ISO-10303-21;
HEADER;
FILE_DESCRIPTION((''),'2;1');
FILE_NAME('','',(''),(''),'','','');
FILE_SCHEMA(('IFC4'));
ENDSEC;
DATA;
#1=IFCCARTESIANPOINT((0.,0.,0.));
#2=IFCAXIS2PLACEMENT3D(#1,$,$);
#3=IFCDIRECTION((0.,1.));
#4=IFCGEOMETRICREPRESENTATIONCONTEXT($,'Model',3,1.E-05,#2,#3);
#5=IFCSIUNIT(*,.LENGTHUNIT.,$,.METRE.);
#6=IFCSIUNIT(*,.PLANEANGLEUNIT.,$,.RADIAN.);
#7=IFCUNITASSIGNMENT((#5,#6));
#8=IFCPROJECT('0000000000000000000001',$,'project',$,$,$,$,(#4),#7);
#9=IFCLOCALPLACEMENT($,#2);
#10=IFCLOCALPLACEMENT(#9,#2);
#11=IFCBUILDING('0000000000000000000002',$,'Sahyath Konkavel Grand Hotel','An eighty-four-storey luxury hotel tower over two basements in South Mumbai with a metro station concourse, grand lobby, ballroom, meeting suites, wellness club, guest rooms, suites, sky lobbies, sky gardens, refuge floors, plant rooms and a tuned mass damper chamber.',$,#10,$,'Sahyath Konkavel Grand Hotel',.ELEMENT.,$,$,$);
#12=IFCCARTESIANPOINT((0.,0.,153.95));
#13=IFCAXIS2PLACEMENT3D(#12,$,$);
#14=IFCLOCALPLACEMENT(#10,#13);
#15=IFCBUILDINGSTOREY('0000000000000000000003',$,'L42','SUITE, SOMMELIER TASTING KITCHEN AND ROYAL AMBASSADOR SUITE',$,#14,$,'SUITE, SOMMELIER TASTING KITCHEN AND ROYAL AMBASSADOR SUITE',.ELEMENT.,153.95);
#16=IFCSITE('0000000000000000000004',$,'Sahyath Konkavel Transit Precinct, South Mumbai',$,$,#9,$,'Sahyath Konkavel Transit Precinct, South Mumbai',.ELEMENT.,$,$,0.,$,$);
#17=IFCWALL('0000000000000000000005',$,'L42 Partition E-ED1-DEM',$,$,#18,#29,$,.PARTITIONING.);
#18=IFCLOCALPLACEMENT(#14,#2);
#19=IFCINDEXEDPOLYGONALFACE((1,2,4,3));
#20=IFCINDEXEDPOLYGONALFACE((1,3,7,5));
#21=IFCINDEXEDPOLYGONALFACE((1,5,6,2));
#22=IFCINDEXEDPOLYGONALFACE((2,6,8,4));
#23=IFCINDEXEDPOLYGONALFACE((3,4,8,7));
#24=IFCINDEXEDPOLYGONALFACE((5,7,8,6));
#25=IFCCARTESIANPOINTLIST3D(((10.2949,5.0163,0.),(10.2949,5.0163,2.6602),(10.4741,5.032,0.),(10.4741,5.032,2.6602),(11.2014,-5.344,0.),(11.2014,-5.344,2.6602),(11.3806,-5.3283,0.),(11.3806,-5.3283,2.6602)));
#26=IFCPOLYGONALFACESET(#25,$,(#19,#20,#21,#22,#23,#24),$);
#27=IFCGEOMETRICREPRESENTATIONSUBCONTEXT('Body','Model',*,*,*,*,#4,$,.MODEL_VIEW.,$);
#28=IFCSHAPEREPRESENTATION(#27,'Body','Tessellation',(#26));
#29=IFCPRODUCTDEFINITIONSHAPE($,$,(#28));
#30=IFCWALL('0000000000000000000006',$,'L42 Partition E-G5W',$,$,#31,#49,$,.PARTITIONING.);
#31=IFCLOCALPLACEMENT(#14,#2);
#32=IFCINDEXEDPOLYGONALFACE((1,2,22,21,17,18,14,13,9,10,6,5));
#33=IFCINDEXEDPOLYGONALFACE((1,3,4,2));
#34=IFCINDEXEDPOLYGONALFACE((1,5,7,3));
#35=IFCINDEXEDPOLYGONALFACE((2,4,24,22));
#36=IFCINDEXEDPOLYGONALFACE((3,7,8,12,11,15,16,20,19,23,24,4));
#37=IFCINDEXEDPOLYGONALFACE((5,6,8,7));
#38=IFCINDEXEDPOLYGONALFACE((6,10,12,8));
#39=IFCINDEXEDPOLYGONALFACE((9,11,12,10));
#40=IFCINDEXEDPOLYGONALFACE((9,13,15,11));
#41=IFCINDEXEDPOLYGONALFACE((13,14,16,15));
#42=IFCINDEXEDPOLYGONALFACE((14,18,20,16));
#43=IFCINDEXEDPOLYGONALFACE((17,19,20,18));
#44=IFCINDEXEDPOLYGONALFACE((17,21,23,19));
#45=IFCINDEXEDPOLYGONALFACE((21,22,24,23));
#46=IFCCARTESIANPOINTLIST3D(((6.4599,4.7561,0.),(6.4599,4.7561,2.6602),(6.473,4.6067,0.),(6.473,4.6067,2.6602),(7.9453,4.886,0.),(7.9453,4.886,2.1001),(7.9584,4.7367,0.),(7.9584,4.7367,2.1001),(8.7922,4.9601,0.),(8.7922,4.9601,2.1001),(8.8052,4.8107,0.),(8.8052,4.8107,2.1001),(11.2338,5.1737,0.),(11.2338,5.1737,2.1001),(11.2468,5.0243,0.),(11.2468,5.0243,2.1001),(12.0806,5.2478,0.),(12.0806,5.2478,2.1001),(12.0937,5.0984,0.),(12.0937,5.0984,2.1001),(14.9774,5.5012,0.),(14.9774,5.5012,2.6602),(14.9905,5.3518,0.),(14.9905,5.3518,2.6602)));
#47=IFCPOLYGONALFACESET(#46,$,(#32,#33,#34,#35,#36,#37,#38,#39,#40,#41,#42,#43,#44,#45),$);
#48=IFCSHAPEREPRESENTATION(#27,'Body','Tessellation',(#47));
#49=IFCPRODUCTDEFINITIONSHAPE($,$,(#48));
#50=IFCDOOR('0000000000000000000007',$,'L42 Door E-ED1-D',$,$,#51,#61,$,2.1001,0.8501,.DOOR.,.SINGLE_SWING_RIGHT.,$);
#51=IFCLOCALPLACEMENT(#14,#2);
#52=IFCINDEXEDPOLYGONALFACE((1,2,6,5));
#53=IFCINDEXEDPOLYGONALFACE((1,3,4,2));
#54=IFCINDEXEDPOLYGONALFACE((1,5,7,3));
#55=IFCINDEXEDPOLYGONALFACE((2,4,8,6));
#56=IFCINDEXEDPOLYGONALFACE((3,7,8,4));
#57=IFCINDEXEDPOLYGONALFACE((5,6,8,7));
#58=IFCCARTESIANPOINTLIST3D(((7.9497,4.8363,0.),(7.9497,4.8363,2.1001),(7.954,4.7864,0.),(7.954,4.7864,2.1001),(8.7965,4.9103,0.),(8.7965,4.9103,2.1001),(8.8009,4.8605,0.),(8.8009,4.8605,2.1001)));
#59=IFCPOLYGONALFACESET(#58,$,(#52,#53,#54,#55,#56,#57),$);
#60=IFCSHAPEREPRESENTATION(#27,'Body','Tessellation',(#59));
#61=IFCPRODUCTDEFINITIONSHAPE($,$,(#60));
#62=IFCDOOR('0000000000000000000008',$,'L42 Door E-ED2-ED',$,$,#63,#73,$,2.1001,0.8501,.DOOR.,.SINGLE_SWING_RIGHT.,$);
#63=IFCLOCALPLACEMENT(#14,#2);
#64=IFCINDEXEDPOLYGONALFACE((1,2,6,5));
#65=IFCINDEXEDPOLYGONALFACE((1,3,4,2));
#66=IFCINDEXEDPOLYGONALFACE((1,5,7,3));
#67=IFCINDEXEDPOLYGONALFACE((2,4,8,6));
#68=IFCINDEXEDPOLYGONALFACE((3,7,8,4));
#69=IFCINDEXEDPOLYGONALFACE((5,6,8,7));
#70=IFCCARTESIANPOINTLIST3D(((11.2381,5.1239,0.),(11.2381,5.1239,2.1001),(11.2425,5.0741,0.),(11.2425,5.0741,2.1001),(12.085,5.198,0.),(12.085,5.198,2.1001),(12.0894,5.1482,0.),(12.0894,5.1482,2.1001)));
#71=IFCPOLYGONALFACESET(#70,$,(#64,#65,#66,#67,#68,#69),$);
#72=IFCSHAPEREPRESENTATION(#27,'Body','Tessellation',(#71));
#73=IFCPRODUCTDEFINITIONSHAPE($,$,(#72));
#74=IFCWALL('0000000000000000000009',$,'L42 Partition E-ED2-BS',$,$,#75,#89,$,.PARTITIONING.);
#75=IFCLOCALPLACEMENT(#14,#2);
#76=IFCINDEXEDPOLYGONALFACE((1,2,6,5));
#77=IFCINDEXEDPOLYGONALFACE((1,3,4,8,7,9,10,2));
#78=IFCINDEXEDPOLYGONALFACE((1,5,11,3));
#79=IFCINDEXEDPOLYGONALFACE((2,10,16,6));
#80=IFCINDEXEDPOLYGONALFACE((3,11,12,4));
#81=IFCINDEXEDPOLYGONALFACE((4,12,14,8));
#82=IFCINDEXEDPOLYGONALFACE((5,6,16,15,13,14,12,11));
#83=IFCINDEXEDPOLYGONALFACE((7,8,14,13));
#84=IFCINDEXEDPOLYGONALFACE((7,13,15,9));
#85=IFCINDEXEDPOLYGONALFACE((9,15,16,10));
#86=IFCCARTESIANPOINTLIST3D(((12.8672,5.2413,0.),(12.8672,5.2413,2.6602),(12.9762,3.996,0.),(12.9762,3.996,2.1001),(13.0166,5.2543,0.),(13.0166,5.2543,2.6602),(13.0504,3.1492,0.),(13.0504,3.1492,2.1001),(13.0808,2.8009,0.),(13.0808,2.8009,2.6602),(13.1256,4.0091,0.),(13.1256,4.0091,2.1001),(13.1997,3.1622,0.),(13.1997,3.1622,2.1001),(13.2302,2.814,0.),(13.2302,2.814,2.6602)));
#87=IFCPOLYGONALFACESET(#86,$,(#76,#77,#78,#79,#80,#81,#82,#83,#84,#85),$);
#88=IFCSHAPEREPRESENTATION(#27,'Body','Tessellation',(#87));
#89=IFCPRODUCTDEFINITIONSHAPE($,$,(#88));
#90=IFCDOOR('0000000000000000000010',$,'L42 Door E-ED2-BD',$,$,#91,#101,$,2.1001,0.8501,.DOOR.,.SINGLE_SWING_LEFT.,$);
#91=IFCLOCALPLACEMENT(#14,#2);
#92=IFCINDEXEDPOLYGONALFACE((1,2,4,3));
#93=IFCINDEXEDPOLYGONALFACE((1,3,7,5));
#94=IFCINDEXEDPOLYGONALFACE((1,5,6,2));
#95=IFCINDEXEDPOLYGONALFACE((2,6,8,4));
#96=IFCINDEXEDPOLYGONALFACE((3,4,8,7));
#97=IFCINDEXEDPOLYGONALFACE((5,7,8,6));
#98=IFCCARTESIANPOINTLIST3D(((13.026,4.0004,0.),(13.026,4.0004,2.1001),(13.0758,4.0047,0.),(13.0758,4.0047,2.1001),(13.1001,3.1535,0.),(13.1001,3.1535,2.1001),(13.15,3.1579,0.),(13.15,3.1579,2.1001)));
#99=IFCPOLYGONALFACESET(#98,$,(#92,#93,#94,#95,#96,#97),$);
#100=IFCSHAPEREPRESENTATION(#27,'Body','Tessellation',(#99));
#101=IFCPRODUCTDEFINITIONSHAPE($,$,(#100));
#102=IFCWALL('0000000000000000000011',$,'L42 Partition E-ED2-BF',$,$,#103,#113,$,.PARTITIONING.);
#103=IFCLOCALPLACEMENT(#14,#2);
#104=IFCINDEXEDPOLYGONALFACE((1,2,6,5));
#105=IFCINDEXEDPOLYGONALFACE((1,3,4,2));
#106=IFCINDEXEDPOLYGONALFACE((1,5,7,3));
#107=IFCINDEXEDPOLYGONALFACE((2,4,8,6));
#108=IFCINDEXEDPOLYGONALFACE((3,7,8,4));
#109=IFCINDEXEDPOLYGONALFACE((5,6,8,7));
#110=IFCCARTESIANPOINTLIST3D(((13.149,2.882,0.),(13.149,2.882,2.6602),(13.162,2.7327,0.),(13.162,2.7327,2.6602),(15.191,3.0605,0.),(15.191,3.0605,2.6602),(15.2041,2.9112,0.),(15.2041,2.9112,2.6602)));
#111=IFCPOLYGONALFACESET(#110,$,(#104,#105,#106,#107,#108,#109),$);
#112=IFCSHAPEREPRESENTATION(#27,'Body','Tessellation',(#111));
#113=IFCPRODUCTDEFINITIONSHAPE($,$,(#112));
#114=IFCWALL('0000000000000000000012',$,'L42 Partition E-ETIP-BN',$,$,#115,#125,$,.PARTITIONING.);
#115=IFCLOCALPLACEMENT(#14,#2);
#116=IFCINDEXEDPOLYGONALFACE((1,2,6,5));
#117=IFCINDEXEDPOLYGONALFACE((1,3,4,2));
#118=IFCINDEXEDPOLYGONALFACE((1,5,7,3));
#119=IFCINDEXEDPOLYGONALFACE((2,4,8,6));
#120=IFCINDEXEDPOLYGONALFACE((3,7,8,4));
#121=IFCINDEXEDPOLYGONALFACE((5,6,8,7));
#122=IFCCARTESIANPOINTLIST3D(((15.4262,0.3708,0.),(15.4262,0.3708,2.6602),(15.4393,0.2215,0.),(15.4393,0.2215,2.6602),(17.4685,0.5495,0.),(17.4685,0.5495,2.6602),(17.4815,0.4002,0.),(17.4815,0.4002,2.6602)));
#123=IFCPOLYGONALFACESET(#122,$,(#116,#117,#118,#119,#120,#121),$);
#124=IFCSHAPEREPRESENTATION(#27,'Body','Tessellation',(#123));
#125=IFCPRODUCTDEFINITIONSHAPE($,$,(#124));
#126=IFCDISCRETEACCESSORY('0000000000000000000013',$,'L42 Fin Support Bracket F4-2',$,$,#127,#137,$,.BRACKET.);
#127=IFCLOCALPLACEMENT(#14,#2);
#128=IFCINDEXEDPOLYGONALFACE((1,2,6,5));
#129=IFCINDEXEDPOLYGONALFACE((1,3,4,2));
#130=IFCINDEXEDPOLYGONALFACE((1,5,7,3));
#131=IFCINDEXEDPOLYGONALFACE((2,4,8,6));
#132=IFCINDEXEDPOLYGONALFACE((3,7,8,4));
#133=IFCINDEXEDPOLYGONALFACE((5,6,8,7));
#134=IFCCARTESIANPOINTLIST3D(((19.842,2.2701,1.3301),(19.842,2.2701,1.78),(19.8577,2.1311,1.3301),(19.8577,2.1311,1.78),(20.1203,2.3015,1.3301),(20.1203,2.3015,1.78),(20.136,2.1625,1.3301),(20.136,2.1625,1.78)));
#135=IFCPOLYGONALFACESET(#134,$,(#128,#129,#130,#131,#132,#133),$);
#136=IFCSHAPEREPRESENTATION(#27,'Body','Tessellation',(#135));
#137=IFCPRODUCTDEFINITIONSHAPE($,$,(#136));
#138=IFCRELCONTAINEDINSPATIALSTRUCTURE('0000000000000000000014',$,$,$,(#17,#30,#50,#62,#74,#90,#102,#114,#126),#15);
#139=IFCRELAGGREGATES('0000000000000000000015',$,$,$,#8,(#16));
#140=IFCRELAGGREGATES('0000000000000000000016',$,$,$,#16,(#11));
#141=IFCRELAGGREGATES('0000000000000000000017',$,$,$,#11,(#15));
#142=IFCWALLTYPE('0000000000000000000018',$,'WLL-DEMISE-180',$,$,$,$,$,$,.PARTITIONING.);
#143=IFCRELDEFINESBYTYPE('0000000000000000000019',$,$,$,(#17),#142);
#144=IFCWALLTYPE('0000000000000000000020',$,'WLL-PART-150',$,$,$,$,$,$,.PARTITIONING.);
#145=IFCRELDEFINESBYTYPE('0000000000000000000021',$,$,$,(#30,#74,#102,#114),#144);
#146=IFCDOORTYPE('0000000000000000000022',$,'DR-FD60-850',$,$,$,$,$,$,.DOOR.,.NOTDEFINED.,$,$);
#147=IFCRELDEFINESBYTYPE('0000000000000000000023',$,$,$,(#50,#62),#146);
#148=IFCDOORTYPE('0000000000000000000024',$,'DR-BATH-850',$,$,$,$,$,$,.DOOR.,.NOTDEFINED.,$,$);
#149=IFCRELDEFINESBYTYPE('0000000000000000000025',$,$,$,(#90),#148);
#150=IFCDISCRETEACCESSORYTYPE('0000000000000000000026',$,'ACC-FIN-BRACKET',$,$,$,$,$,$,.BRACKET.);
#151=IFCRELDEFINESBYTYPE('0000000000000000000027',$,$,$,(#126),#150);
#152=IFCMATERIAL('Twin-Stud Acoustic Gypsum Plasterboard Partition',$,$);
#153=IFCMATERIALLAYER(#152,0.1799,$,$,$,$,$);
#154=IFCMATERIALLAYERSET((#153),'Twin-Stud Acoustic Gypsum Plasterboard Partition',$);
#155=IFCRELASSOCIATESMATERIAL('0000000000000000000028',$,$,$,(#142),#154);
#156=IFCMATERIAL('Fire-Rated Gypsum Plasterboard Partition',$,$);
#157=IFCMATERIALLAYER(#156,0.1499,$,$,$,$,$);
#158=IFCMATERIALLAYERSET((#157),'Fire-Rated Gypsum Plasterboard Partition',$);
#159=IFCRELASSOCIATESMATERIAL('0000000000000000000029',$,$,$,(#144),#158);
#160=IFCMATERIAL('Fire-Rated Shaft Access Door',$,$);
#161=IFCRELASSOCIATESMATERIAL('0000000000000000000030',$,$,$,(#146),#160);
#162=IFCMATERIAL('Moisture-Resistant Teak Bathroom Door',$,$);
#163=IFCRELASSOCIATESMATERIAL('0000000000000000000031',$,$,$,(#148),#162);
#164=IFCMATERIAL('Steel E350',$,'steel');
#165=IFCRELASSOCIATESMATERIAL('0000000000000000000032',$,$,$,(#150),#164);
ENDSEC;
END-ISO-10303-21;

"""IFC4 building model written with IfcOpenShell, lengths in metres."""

from ifc_helpers import new_model, si_unit, direction, frame, frame_2d, origin, origin_2d, place, context, subcontext, project, spatial, rectangle, extrude, source, transform, mapped, material, layer, layer_set, type_object, element, fill, save


model = new_model("IFC4")

# Units and contexts
model_context = context("Model", 3, precision=1e-05, world=origin(), true_north=direction((0.0, 1.0)))
body_context = subcontext(model_context, "Body", "Model", "MODEL_VIEW")
ifc_project = project(units=[si_unit("LENGTHUNIT", "METRE"), si_unit("PLANEANGLEUNIT", "RADIAN")], contexts=[model_context])

# Site, building, storey
site_placement = place(None, origin())
site = spatial("IfcSite", under=ifc_project, at=site_placement, Name="Sahyath Konkavel Transit Precinct, South Mumbai", LongName="Sahyath Konkavel Transit Precinct, South Mumbai", CompositionType="ELEMENT", RefElevation=0.0)
building_placement = place(site_placement, origin())
building = spatial("IfcBuilding", under=site, at=building_placement, Name="Sahyath Konkavel Grand Hotel", Description="An eighty-four-storey luxury hotel tower over two basements in South Mumbai with a metro station concourse, grand lobby, ballroom, meeting suites, wellness club, guest rooms, suites, sky lobbies, sky gardens, refuge floors, plant rooms and a tuned mass damper chamber.", LongName="Sahyath Konkavel Grand Hotel", CompositionType="ELEMENT")
storey_placement = place(building_placement, frame((0.0, 0.0, 153.95)))
storey = spatial("IfcBuildingStorey", under=building, at=storey_placement, Name="L42", Description="SUITE, SOMMELIER TASTING KITCHEN AND ROYAL AMBASSADOR SUITE", LongName="SUITE, SOMMELIER TASTING KITCHEN AND ROYAL AMBASSADOR SUITE", CompositionType="ELEMENT", Elevation=153.95)

# Shared definitions
ifc_material_1 = material(Name="Steel E350", Category="steel")

# Wall
ifc_material_2 = material(Name="Twin-Stud Acoustic Gypsum Plasterboard Partition")
ifc_layer_1 = layer(ifc_material_2, 0.1799)
ifc_layer_set_1 = layer_set([ifc_layer_1], Name="Twin-Stud Acoustic Gypsum Plasterboard Partition")
wall_type_1 = type_object("IfcWallType", Name="WLL-DEMISE-180", PredefinedType="PARTITIONING", material=ifc_layer_set_1)
wall_1_placement = place(storey_placement, frame((10.3845, 5.0242, 0.0), z_axis=(0.0, 0.0, 1.0), x_axis=(0.087163, -0.996194, 0.0)))
element("IfcWall", 1, at=wall_1_placement, inside=storey, type_object=wall_type_1, Name="L42 Partition E-ED1-DEM", PredefinedType="PARTITIONING", context=body_context, shape_type="SweptSolid", body=[
    extrude(rectangle(XDim=10.3999, YDim=0.1799, at=frame_2d((5.2, 0.0))), origin(), (0.0, 0.0, 1.0), 2.6602),
])

# Wall, openings, doors
ifc_material_3 = material(Name="Fire-Rated Gypsum Plasterboard Partition")
ifc_layer_2 = layer(ifc_material_3, 0.1499)
ifc_layer_set_2 = layer_set([ifc_layer_2], Name="Fire-Rated Gypsum Plasterboard Partition")
wall_type_2 = type_object("IfcWallType", Name="WLL-PART-150", PredefinedType="PARTITIONING", material=ifc_layer_set_2)
wall_2_placement = place(storey_placement, frame((6.4666, 4.6814, 0.0), z_axis=(0.0, 0.0, 1.0), x_axis=(0.996195, 0.087147, 0.0)))
wall_2 = element("IfcWall", 2, at=wall_2_placement, inside=storey, type_object=wall_type_2, Name="L42 Partition E-G5W", PredefinedType="PARTITIONING", context=body_context, shape_type="SweptSolid", body=[
    extrude(rectangle(XDim=8.55, YDim=0.1499, at=frame_2d((4.2749, 0.0))), origin(), (0.0, 0.0, 1.0), 2.6602),
])
opening_1_placement = place(wall_2_placement, frame((1.491, 0.0, 0.0)))
opening_1 = element("IfcOpeningElement", 3, at=opening_1_placement, cuts=wall_2, PredefinedType="OPENING", context=body_context, shape_type="SweptSolid", body=[
    extrude(rectangle(XDim=0.8501, YDim=2.1001, at=frame_2d((0.425, 1.05))), frame((0.0, 0.085, 0.0), z_axis=(0.0, -1.0, 0.0), x_axis=(1.0, 0.0, 0.0)), (0.0, 0.0, 1.0), 0.1699),
])
opening_2_placement = place(wall_2_placement, frame((4.792, 0.0, 0.0)))
opening_2 = element("IfcOpeningElement", 4, at=opening_2_placement, cuts=wall_2, PredefinedType="OPENING", context=body_context, shape_type="SweptSolid", body=[
    extrude(rectangle(XDim=0.8501, YDim=2.1001, at=frame_2d((0.425, 1.05))), frame((0.0, 0.085, 0.0), z_axis=(0.0, -1.0, 0.0), x_axis=(1.0, 0.0, 0.0)), (0.0, 0.0, 1.0), 0.1699),
])
ifc_material_4 = material(Name="Fire-Rated Shaft Access Door")
door_type_1 = type_object("IfcDoorType", Name="DR-FD60-850", OperationType="NOTDEFINED", PredefinedType="DOOR", material=ifc_material_4)
shared_shape_1 = source(origin(), body_context, "Body", "SweptSolid", [
    extrude(rectangle(XDim=0.8501, YDim=0.05, at=origin_2d()), origin(), (0.0, 0.0, 1.0), 2.1001),
])
door_1_placement = place(opening_1_placement, frame((0.425, 0.0, 0.0)))
door_1 = element("IfcDoor", 5, at=door_1_placement, inside=storey, type_object=door_type_1, Name="L42 Door E-ED1-D", OperationType="SINGLE_SWING_RIGHT", OverallHeight=2.1001, OverallWidth=0.8501, PredefinedType="DOOR", context=body_context, shape_type="MappedRepresentation", body=[
    mapped(shared_shape_1, transform((0.0, 0.0, 0.0), scale=1.0)),
])
fill(opening_1, door_1)
door_2_placement = place(opening_2_placement, frame((0.425, 0.0, 0.0)))
door_2 = element("IfcDoor", 6, at=door_2_placement, inside=storey, type_object=door_type_1, Name="L42 Door E-ED2-ED", OperationType="SINGLE_SWING_RIGHT", OverallHeight=2.1001, OverallWidth=0.8501, PredefinedType="DOOR", context=body_context, shape_type="MappedRepresentation", body=[
    mapped(shared_shape_1, transform((0.0, 0.0, 0.0), scale=1.0)),
])
fill(opening_2, door_2)

# Wall, opening, door
wall_3_placement = place(storey_placement, frame((12.9419, 5.2478, 0.0), z_axis=(0.0, 0.0, 1.0), x_axis=(0.087202, -0.996191, 0.0)))
wall_3 = element("IfcWall", 7, at=wall_3_placement, inside=storey, type_object=wall_type_2, Name="L42 Partition E-ED2-BS", PredefinedType="PARTITIONING", context=body_context, shape_type="SweptSolid", body=[
    extrude(rectangle(XDim=2.4497, YDim=0.1499, at=frame_2d((1.2249, 0.0))), origin(), (0.0, 0.0, 1.0), 2.6602),
])
opening_3_placement = place(wall_3_placement, frame((1.25, 0.0, 0.0)))
opening_3 = element("IfcOpeningElement", 8, at=opening_3_placement, cuts=wall_3, PredefinedType="OPENING", context=body_context, shape_type="SweptSolid", body=[
    extrude(rectangle(XDim=0.8501, YDim=2.1001, at=frame_2d((0.425, 1.05))), frame((0.0, 0.085, 0.0), z_axis=(0.0, -1.0, 0.0), x_axis=(1.0, 0.0, 0.0)), (0.0, 0.0, 1.0), 0.1699),
])
ifc_material_5 = material(Name="Moisture-Resistant Teak Bathroom Door")
door_type_2 = type_object("IfcDoorType", Name="DR-BATH-850", OperationType="NOTDEFINED", PredefinedType="DOOR", material=ifc_material_5)
door_3_placement = place(opening_3_placement, frame((0.425, 0.0, 0.0)))
door_3 = element("IfcDoor", 9, at=door_3_placement, inside=storey, type_object=door_type_2, Name="L42 Door E-ED2-BD", OperationType="SINGLE_SWING_LEFT", OverallHeight=2.1001, OverallWidth=0.8501, PredefinedType="DOOR", context=body_context, shape_type="MappedRepresentation", body=[
    mapped(shared_shape_1, transform((0.0, 0.0, 0.0), scale=1.0)),
])
fill(opening_3, door_3)

# Walls
wall_4_placement = place(storey_placement, frame((13.1555, 2.8074, 0.0), z_axis=(0.0, 0.0, 1.0), x_axis=(0.996203, 0.087066, 0.0)))
element("IfcWall", 10, at=wall_4_placement, inside=storey, type_object=wall_type_2, Name="L42 Partition E-ED2-BF", PredefinedType="PARTITIONING", context=body_context, shape_type="SweptSolid", body=[
    extrude(rectangle(XDim=2.0498, YDim=0.1499, at=frame_2d((1.0249, 0.0))), origin(), (0.0, 0.0, 1.0), 2.6602),
])
wall_5_placement = place(storey_placement, frame((15.4329, 0.2961, 0.0), z_axis=(0.0, 0.0, 1.0), x_axis=(0.996193, 0.087174, 0.0)))
element("IfcWall", 11, at=wall_5_placement, inside=storey, type_object=wall_type_2, Name="L42 Partition E-ETIP-BN", PredefinedType="PARTITIONING", context=body_context, shape_type="SweptSolid", body=[
    extrude(rectangle(XDim=2.05, YDim=0.1499, at=frame_2d((1.0249, 0.0))), origin(), (0.0, 0.0, 1.0), 2.6602),
])

# Discrete accessory
discrete_accessory_type = type_object("IfcDiscreteAccessoryType", Name="ACC-FIN-BRACKET", PredefinedType="BRACKET", material=ifc_material_1)
shared_shape_2 = source(origin(), body_context, "Body", "SweptSolid", [
    extrude(rectangle(XDim=0.28, YDim=0.1399, at=origin_2d()), origin(), (0.0, 0.0, 1.0), 0.45),
])
discrete_accessory_placement = place(storey_placement, frame((19.989, 2.2163, 1.3301), z_axis=(0.0, 0.0, 1.0), x_axis=(0.993709, 0.111989, 0.0)))
element("IfcDiscreteAccessory", 12, at=discrete_accessory_placement, inside=storey, type_object=discrete_accessory_type, Name="L42 Fin Support Bracket F4-2", PredefinedType="BRACKET", context=body_context, shape_type="MappedRepresentation", body=[
    mapped(shared_shape_2, transform((0.0, 0.0, 0.0), scale=1.0)),
])

save(model, "model.ifc")
